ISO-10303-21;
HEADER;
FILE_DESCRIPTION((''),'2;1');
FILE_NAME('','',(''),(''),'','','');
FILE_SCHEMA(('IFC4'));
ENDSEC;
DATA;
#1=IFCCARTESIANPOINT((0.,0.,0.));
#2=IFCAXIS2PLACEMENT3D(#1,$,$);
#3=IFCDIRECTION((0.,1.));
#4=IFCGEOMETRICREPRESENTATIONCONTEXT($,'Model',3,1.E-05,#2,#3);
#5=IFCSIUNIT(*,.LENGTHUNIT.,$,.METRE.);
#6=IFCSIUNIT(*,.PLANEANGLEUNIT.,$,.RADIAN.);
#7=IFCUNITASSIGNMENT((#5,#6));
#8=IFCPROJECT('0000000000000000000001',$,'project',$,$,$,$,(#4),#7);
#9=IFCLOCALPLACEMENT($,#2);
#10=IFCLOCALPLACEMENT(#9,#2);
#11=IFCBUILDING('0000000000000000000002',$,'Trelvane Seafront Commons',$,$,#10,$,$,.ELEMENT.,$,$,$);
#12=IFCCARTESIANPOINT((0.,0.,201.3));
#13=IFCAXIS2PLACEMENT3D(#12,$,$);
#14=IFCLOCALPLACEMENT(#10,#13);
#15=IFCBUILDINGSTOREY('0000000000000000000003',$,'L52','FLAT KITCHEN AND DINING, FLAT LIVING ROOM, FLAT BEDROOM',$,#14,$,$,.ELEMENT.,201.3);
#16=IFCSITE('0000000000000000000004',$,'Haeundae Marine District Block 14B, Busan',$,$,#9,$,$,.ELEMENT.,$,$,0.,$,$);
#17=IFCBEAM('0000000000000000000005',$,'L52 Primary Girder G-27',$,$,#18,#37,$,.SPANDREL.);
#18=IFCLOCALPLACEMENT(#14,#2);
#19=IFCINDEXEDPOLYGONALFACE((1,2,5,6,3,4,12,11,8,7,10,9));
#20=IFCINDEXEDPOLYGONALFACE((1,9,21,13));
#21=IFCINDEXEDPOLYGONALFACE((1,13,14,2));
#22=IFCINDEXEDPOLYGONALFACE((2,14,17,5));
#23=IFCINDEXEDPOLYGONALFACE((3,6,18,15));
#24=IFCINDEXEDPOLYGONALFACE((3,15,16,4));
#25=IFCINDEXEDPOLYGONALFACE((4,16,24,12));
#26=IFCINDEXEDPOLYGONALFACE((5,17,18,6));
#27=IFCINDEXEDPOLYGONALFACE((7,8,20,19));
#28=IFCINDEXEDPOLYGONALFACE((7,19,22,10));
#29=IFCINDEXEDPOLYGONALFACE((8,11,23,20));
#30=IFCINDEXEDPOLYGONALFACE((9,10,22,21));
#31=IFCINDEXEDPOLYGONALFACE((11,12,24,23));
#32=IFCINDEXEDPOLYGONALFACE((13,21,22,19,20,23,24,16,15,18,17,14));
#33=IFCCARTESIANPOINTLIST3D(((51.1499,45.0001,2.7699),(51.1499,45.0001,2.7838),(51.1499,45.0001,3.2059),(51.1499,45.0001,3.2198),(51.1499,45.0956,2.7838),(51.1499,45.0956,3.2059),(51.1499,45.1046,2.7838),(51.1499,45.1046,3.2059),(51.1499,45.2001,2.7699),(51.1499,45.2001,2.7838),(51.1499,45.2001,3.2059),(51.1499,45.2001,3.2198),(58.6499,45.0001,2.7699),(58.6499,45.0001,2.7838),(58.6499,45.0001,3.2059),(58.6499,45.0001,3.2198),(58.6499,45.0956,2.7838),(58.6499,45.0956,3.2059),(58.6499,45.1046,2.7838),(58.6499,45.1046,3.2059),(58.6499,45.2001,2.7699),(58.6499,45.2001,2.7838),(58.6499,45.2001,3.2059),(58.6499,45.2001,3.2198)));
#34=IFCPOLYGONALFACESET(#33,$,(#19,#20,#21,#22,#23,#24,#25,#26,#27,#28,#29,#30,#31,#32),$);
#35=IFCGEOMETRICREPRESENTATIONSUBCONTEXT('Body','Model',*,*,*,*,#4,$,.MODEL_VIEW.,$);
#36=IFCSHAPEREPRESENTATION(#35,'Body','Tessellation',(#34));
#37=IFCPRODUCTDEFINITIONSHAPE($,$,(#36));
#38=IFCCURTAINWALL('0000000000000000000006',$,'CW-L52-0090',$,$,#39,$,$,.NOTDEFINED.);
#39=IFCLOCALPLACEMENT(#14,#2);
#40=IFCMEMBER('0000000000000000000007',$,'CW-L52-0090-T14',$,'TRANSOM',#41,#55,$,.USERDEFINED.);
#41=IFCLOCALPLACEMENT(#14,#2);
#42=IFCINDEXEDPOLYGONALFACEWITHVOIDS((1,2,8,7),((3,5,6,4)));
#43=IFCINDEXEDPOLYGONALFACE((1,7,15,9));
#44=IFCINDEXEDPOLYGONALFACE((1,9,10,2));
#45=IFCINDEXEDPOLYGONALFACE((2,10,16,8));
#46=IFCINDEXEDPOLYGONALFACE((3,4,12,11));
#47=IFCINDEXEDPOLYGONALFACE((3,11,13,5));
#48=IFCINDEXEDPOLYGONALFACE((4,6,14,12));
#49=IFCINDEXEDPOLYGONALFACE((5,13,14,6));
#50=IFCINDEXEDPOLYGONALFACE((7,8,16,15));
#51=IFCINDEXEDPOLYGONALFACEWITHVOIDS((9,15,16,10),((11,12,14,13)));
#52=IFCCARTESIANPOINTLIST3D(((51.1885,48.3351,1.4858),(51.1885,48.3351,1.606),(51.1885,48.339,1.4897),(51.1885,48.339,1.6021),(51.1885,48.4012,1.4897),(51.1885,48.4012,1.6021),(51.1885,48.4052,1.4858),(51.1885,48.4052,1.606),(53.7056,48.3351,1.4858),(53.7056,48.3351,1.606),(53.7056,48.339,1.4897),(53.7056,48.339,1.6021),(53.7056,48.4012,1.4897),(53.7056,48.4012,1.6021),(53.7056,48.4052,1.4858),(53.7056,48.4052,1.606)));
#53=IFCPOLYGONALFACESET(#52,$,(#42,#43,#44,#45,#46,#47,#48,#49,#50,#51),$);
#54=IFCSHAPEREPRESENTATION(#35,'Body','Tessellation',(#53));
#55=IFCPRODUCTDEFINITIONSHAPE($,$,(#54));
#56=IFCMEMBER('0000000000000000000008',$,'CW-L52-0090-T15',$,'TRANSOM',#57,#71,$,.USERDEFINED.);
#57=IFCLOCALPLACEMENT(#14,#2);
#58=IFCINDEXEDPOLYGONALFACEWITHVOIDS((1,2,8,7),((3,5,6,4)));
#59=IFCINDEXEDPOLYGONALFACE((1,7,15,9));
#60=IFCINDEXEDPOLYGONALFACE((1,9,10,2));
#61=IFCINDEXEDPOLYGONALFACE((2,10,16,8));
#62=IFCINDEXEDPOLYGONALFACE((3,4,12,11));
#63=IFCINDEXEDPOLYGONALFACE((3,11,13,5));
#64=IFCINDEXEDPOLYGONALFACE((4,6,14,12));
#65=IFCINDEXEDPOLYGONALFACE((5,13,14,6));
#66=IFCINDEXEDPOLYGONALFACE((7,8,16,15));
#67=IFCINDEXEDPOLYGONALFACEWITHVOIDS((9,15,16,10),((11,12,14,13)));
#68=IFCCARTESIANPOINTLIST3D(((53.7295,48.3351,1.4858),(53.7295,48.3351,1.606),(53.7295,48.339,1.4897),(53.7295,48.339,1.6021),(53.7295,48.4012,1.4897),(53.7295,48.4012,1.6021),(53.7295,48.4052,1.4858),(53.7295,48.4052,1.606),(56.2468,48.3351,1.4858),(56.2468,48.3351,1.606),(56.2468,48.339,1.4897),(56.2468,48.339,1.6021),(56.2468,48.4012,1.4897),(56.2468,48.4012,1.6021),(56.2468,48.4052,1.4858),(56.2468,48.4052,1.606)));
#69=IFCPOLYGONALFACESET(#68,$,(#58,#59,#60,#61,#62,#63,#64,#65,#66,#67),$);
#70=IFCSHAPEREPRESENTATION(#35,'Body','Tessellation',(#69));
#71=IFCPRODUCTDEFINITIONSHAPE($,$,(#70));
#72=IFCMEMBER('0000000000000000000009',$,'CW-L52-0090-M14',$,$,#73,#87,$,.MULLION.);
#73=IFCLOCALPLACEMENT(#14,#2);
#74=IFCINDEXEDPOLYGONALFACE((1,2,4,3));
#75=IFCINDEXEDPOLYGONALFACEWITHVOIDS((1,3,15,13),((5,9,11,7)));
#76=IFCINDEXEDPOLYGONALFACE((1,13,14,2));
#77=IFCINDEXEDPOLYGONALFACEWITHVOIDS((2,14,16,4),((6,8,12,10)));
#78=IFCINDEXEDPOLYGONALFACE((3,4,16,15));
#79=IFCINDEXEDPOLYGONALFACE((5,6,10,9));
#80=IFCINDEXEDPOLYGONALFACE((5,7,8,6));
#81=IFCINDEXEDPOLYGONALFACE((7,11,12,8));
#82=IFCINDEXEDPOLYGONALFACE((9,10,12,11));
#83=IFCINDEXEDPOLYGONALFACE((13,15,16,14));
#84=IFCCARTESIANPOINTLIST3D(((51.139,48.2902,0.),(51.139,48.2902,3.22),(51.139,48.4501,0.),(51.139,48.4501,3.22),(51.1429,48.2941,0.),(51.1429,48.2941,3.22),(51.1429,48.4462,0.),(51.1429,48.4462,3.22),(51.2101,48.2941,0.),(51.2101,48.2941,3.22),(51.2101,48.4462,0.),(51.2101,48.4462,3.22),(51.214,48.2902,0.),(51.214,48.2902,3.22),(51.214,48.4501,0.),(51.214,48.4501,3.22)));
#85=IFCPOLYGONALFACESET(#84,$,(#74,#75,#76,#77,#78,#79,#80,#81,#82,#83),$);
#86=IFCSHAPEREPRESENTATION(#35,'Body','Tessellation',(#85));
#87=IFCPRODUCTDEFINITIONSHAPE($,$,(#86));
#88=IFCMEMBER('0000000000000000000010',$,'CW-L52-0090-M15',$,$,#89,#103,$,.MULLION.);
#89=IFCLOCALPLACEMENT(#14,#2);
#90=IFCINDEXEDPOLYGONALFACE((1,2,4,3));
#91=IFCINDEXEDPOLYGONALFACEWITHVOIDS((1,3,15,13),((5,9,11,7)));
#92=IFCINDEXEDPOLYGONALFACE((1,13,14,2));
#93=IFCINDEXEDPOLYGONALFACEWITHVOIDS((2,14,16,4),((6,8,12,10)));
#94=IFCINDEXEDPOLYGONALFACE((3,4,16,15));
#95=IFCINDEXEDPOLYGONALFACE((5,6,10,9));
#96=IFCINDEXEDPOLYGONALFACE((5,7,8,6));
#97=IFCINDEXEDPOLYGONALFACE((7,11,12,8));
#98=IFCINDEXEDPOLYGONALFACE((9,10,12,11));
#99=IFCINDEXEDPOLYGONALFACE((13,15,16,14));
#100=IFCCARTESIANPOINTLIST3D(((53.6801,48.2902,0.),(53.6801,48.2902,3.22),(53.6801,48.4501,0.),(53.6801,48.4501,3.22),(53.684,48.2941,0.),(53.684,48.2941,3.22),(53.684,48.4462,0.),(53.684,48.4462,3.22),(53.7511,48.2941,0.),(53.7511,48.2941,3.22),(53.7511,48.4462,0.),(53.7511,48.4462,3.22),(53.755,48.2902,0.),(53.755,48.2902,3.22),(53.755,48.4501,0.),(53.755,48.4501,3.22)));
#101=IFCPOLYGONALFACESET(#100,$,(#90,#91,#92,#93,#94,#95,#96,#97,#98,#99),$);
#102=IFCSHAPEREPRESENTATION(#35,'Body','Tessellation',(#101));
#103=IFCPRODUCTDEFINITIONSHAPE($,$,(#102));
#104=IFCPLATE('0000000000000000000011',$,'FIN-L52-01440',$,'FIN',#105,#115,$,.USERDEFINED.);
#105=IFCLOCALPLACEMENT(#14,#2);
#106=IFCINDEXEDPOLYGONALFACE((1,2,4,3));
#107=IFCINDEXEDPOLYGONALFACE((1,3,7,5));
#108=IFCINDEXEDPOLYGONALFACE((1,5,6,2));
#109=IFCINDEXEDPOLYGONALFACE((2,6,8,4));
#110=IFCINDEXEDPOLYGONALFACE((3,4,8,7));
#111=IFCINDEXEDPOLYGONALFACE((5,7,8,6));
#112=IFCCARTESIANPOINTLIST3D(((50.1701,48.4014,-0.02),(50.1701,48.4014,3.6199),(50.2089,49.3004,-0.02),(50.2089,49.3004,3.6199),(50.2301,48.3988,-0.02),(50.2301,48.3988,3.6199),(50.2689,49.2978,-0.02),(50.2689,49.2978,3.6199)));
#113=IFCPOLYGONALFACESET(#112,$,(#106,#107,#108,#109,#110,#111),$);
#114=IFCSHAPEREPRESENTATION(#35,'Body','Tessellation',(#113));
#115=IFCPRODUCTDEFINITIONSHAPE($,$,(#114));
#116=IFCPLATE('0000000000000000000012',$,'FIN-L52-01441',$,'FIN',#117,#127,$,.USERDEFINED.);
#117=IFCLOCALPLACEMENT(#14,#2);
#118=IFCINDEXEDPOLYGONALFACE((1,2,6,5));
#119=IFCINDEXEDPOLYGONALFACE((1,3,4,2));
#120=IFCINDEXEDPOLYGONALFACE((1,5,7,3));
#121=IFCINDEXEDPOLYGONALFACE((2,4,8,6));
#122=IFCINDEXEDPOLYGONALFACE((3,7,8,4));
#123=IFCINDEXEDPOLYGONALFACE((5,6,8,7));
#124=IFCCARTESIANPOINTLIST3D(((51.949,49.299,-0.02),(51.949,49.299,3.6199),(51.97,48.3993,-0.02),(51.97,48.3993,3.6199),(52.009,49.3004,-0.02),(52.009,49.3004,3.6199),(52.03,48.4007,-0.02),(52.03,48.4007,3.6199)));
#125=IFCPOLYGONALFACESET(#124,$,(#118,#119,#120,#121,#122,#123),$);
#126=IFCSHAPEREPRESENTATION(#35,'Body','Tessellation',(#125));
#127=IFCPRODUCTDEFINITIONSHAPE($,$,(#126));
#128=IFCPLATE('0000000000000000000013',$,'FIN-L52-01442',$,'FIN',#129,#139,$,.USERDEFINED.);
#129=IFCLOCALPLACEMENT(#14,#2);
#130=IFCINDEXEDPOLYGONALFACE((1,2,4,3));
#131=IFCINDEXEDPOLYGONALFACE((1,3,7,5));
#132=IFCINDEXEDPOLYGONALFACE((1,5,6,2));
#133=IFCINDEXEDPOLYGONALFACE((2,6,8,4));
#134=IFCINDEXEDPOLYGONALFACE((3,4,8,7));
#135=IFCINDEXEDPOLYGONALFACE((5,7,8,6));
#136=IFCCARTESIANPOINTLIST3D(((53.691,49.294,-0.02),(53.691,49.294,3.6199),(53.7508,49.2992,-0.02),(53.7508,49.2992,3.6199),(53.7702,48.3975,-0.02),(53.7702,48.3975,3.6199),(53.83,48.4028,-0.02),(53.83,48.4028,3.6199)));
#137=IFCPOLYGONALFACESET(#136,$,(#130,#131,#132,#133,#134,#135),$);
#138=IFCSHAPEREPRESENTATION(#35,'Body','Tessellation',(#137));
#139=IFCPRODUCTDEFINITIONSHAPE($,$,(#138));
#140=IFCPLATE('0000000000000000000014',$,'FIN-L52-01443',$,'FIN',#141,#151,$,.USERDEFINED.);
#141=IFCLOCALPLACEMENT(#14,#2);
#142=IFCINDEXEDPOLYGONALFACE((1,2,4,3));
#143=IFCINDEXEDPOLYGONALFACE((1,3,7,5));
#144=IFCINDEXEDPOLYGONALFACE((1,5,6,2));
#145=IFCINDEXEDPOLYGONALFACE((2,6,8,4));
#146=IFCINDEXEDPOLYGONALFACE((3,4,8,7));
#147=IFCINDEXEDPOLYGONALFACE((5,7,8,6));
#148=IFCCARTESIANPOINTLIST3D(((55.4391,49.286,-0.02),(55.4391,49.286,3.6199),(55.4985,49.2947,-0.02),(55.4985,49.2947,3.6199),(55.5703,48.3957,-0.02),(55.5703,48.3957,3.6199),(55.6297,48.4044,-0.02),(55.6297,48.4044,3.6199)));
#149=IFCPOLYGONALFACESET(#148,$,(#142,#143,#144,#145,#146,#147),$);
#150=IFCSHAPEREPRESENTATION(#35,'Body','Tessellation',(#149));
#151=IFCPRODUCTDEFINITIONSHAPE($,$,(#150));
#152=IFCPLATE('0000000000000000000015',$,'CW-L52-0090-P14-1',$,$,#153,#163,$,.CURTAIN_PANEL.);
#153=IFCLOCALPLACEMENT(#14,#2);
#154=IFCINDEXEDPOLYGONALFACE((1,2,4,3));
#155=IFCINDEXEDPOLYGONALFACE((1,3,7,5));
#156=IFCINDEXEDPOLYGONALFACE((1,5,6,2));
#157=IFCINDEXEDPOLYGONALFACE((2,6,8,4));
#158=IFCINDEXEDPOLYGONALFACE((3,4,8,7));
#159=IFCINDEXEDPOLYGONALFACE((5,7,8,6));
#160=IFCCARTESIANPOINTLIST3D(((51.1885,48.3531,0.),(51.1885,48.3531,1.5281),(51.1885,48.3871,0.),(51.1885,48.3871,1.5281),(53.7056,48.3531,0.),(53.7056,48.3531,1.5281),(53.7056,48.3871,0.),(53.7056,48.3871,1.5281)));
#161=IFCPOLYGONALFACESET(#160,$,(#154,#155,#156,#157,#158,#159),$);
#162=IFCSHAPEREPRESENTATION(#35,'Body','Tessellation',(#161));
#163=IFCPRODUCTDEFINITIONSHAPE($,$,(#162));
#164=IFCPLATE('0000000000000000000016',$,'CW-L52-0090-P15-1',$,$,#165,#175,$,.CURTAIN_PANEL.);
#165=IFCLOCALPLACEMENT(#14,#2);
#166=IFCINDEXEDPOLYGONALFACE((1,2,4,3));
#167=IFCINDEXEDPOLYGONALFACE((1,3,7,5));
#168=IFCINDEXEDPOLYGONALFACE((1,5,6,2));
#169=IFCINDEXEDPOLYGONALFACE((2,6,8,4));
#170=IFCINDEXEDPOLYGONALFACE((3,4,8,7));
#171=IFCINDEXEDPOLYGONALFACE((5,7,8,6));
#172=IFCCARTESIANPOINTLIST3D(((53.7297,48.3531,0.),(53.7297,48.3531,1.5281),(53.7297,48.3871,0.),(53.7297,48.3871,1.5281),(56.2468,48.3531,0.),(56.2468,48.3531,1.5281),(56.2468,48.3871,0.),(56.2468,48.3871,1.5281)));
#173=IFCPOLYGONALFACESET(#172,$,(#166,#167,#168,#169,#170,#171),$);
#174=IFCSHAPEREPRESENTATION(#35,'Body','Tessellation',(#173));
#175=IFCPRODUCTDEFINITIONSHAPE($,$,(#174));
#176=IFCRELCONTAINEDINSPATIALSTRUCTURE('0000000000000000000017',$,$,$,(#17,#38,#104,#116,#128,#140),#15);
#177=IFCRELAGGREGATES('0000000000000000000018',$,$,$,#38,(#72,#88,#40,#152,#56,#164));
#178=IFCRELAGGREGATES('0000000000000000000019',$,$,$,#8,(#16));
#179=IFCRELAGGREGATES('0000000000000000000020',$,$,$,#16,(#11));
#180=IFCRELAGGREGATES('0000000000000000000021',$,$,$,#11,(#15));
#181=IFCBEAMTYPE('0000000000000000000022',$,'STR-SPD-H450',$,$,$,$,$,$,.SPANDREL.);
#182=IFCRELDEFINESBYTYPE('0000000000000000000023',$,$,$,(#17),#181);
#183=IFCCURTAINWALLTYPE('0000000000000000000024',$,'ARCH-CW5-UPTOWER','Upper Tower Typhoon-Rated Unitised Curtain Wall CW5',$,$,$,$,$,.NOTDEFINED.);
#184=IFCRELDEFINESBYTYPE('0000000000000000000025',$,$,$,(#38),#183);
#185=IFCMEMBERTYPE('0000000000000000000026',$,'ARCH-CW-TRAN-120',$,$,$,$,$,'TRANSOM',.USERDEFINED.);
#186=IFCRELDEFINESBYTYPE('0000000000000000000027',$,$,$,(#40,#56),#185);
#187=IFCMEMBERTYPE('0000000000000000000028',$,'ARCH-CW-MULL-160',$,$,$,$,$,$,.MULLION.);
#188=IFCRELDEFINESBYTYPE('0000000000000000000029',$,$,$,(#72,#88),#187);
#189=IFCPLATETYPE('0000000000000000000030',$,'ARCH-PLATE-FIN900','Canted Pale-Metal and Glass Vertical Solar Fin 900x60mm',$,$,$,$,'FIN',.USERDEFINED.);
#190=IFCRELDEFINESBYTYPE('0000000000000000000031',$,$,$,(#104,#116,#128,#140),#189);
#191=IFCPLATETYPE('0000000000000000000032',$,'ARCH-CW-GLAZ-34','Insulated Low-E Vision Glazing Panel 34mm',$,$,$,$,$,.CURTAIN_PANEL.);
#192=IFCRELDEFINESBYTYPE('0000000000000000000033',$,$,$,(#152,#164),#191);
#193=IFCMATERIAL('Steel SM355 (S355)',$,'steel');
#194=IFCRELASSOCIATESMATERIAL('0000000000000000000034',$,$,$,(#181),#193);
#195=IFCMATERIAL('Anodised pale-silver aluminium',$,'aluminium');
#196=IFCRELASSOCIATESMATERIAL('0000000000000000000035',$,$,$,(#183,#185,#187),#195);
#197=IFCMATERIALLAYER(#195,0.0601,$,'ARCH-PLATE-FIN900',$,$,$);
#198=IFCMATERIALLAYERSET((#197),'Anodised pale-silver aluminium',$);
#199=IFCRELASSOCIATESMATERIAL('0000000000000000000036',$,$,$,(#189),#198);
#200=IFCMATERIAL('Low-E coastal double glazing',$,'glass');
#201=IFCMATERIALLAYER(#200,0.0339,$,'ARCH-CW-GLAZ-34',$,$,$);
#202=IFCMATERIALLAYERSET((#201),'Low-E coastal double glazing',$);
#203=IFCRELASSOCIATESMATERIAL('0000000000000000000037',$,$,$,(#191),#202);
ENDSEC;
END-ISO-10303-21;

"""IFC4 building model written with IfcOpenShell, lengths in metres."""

from ifc_helpers import new_model, si_unit, direction, frame, origin, origin_2d, place, context, subcontext, project, spatial, rectangle, hollow_rectangle, i_section, extrude, source, transform, mapped, material, layer, layer_set, material_profile, profile_set, type_object, element, aggregate, save


model = new_model("IFC4")

# Units and contexts
model_context = context("Model", 3, precision=1e-05, world=origin(), true_north=direction((0.0, 1.0)))
body_context = subcontext(model_context, "Body", "Model", "MODEL_VIEW")
ifc_project = project(units=[si_unit("LENGTHUNIT", "METRE"), si_unit("PLANEANGLEUNIT", "RADIAN")], contexts=[model_context])

# Site, building, storey
site_placement = place(None, origin())
site = spatial("IfcSite", under=ifc_project, at=site_placement, Name="Haeundae Marine District Block 14B, Busan", CompositionType="ELEMENT", RefElevation=0.0)
building_placement = place(site_placement, origin())
building = spatial("IfcBuilding", under=site, at=building_placement, Name="Trelvane Seafront Commons", CompositionType="ELEMENT")
storey_placement = place(building_placement, frame((0.0, 0.0, 201.3)))
storey = spatial("IfcBuildingStorey", under=building, at=storey_placement, Name="L52", Description="FLAT KITCHEN AND DINING, FLAT LIVING ROOM, FLAT BEDROOM", CompositionType="ELEMENT", Elevation=201.3)

# Beam
ifc_material_1 = material(Name="Steel SM355 (S355)", Category="steel")
ifc_material_profile_1 = material_profile(ifc_material_1, i_section(OverallWidth=0.2, OverallDepth=0.45, WebThickness=0.009, FlangeThickness=0.0139, at=origin_2d()), Name="H-450x200x9x14")
ifc_profile_set_1 = profile_set([ifc_material_profile_1], Name="Steel SM355 (S355)")
beam_type = type_object("IfcBeamType", Name="STR-SPD-H450", PredefinedType="SPANDREL", material=ifc_profile_set_1)
shared_shape_1 = source(origin(), body_context, "Body", "SweptSolid", [
    extrude(i_section(OverallWidth=0.2, OverallDepth=0.45, WebThickness=0.009, FlangeThickness=0.0139, at=origin_2d()), origin(), (0.0, 0.0, 1.0), 7.5),
])
beam_placement = place(storey_placement, frame((51.1499, 45.1001, 2.9949), z_axis=(1.0, 0.0, 0.0), x_axis=(0.0, 1.0, 0.0)))
element("IfcBeam", 1, at=beam_placement, inside=storey, type_object=beam_type, Name="L52 Primary Girder G-27", PredefinedType="SPANDREL", context=body_context, shape_type="MappedRepresentation", body=[
    mapped(shared_shape_1, transform((0.0, 0.0, 0.0), x_axis=(1.0, 0.0, 0.0), y_axis=(0.0, 1.0, 0.0), z_axis=(0.0, 0.0, 1.0), scale=1.0)),
])

# Curtain wall, members
ifc_material_2 = material(Name="Anodised pale-silver aluminium", Category="aluminium")
curtain_wall_type = type_object("IfcCurtainWallType", Name="ARCH-CW5-UPTOWER", Description="Upper Tower Typhoon-Rated Unitised Curtain Wall CW5", PredefinedType="NOTDEFINED", material=ifc_material_2)
curtain_wall_placement = place(storey_placement, origin())
curtain_wall = element("IfcCurtainWall", 2, at=curtain_wall_placement, inside=storey, type_object=curtain_wall_type, Name="CW-L52-0090", PredefinedType="NOTDEFINED")
ifc_material_profile_2 = material_profile(ifc_material_2, hollow_rectangle(XDim=0.0701, YDim=0.1201, WallThickness=0.0039, at=origin_2d()), Name="TRAN-70x120x4")
ifc_profile_set_2 = profile_set([ifc_material_profile_2], Name="Anodised pale-silver aluminium")
member_type_1 = type_object("IfcMemberType", Name="ARCH-CW-TRAN-120", ElementType="TRANSOM", PredefinedType="USERDEFINED", material=ifc_profile_set_2)
shared_shape_2 = source(origin(), body_context, "Body", "SweptSolid", [
    extrude(hollow_rectangle(XDim=0.0701, YDim=0.1201, WallThickness=0.0039, at=origin_2d()), origin(), (0.0, 0.0, 1.0), 2.5171),
])
member_1_placement = place(storey_placement, frame((51.1885, 48.3701, 1.5459), z_axis=(1.0, 0.0, 0.0), x_axis=(0.0, 1.0, 0.0)))
member_1 = element("IfcMember", 3, at=member_1_placement, type_object=member_type_1, Name="CW-L52-0090-T14", ObjectType="TRANSOM", PredefinedType="USERDEFINED", context=body_context, shape_type="MappedRepresentation", body=[
    mapped(shared_shape_2, transform((0.0, 0.0, 0.0), x_axis=(1.0, 0.0, 0.0), y_axis=(0.0, 1.0, 0.0), z_axis=(0.0, 0.0, 1.0), scale=1.0)),
])
shared_shape_3 = source(origin(), body_context, "Body", "SweptSolid", [
    extrude(hollow_rectangle(XDim=0.0701, YDim=0.1201, WallThickness=0.0039, at=origin_2d()), origin(), (0.0, 0.0, 1.0), 2.5173),
])
member_2_placement = place(storey_placement, frame((53.7295, 48.3701, 1.5459), z_axis=(1.0, 0.0, 0.0), x_axis=(0.0, 1.0, 0.0)))
member_2 = element("IfcMember", 4, at=member_2_placement, type_object=member_type_1, Name="CW-L52-0090-T15", ObjectType="TRANSOM", PredefinedType="USERDEFINED", context=body_context, shape_type="MappedRepresentation", body=[
    mapped(shared_shape_3, transform((0.0, 0.0, 0.0), x_axis=(1.0, 0.0, 0.0), y_axis=(0.0, 1.0, 0.0), z_axis=(0.0, 0.0, 1.0), scale=1.0)),
])
ifc_material_profile_3 = material_profile(ifc_material_2, hollow_rectangle(XDim=0.075, YDim=0.1599, WallThickness=0.0039, at=origin_2d()), Name="MULL-75x160x4")
ifc_profile_set_3 = profile_set([ifc_material_profile_3], Name="Anodised pale-silver aluminium")
member_type_2 = type_object("IfcMemberType", Name="ARCH-CW-MULL-160", PredefinedType="MULLION", material=ifc_profile_set_3)
shared_shape_4 = source(origin(), body_context, "Body", "SweptSolid", [
    extrude(hollow_rectangle(XDim=0.075, YDim=0.1599, WallThickness=0.0039, at=origin_2d()), origin(), (0.0, 0.0, 1.0), 3.22),
])
member_3_placement = place(storey_placement, frame((51.1765, 48.3701, 0.0), z_axis=(0.0, 0.0, 1.0), x_axis=(1.0, 0.0, 0.0)))
member_3 = element("IfcMember", 5, at=member_3_placement, type_object=member_type_2, Name="CW-L52-0090-M14", PredefinedType="MULLION", context=body_context, shape_type="MappedRepresentation", body=[
    mapped(shared_shape_4, transform((0.0, 0.0, 0.0), x_axis=(1.0, 0.0, 0.0), y_axis=(0.0, 1.0, 0.0), z_axis=(0.0, 0.0, 1.0), scale=1.0)),
])
member_4_placement = place(storey_placement, frame((53.7175, 48.3701, 0.0), z_axis=(0.0, 0.0, 1.0), x_axis=(1.0, 0.0, 0.0)))
member_4 = element("IfcMember", 6, at=member_4_placement, type_object=member_type_2, Name="CW-L52-0090-M15", PredefinedType="MULLION", context=body_context, shape_type="MappedRepresentation", body=[
    mapped(shared_shape_4, transform((0.0, 0.0, 0.0), x_axis=(1.0, 0.0, 0.0), y_axis=(0.0, 1.0, 0.0), z_axis=(0.0, 0.0, 1.0), scale=1.0)),
])

# Plates
ifc_layer_1 = layer(ifc_material_2, 0.0601, Name="ARCH-PLATE-FIN900")
ifc_layer_set_1 = layer_set([ifc_layer_1], Name="Anodised pale-silver aluminium")
plate_type_1 = type_object("IfcPlateType", Name="ARCH-PLATE-FIN900", Description="Canted Pale-Metal and Glass Vertical Solar Fin 900x60mm", ElementType="FIN", PredefinedType="USERDEFINED", material=ifc_layer_set_1)
shared_shape_5 = source(origin(), body_context, "Body", "SweptSolid", [
    extrude(rectangle(XDim=0.8999, YDim=0.0601, at=origin_2d()), origin(), (0.0, 0.0, 1.0), 3.6399),
])
for number, where, z_axis, x_axis, name in (
    (7, (50.2195, 48.8496, -0.02), (0.0, 0.0, 1.0), (0.043108, 0.99907, 0.0), "FIN-L52-01440"),
    (8, (51.9895, 48.8499, -0.02), (0.0, 0.0, 1.0), (-0.023333, 0.999728, 0.0), "FIN-L52-01441"),
    (9, (53.7605, 48.8484, -0.02), (0.0, 0.0, 1.0), (-0.088001, 0.99612, 0.0), "FIN-L52-01442"),
    (10, (55.5344, 48.8452, -0.02), (0.0, 0.0, 1.0), (-0.145776, 0.989318, 0.0), "FIN-L52-01443"),
):
    element("IfcPlate", number, at=place(storey_placement, frame(where, z_axis=z_axis, x_axis=x_axis)), inside=storey, type_object=plate_type_1, Name=name, ObjectType="FIN", PredefinedType="USERDEFINED", context=body_context, shape_type="MappedRepresentation", body=[
        mapped(shared_shape_5, transform((0.0, 0.0, 0.0), x_axis=(1.0, 0.0, 0.0), y_axis=(0.0, 1.0, 0.0), z_axis=(0.0, 0.0, 1.0), scale=1.0)),
    ])

# Plates
ifc_material_3 = material(Name="Low-E coastal double glazing", Category="glass")
ifc_layer_2 = layer(ifc_material_3, 0.0339, Name="ARCH-CW-GLAZ-34")
ifc_layer_set_2 = layer_set([ifc_layer_2], Name="Low-E coastal double glazing")
plate_type_2 = type_object("IfcPlateType", Name="ARCH-CW-GLAZ-34", Description="Insulated Low-E Vision Glazing Panel 34mm", PredefinedType="CURTAIN_PANEL", material=ifc_layer_set_2)
shared_shape_6 = source(origin(), body_context, "Body", "SweptSolid", [
    extrude(rectangle(XDim=2.5171, YDim=0.0339, at=origin_2d()), origin(), (0.0, 0.0, 1.0), 1.5281),
])
plate_1_placement = place(storey_placement, frame((52.447, 48.3701, 0.0), z_axis=(0.0, 0.0, 1.0), x_axis=(1.0, 0.0, 0.0)))
plate_1 = element("IfcPlate", 11, at=plate_1_placement, type_object=plate_type_2, Name="CW-L52-0090-P14-1", PredefinedType="CURTAIN_PANEL", context=body_context, shape_type="MappedRepresentation", body=[
    mapped(shared_shape_6, transform((0.0, 0.0, 0.0), x_axis=(1.0, 0.0, 0.0), y_axis=(0.0, 1.0, 0.0), z_axis=(0.0, 0.0, 1.0), scale=1.0)),
])
plate_2_placement = place(storey_placement, frame((54.9883, 48.3701, 0.0), z_axis=(0.0, 0.0, 1.0), x_axis=(1.0, 0.0, 0.0)))
plate_2 = element("IfcPlate", 12, at=plate_2_placement, type_object=plate_type_2, Name="CW-L52-0090-P15-1", PredefinedType="CURTAIN_PANEL", context=body_context, shape_type="MappedRepresentation", body=[
    mapped(shared_shape_6, transform((0.0, 0.0, 0.0), x_axis=(1.0, 0.0, 0.0), y_axis=(0.0, 1.0, 0.0), z_axis=(0.0, 0.0, 1.0), scale=1.0)),
])
aggregate(curtain_wall, [member_3, member_4, member_1, plate_1, member_2, plate_2])

save(model, "model.ifc")
